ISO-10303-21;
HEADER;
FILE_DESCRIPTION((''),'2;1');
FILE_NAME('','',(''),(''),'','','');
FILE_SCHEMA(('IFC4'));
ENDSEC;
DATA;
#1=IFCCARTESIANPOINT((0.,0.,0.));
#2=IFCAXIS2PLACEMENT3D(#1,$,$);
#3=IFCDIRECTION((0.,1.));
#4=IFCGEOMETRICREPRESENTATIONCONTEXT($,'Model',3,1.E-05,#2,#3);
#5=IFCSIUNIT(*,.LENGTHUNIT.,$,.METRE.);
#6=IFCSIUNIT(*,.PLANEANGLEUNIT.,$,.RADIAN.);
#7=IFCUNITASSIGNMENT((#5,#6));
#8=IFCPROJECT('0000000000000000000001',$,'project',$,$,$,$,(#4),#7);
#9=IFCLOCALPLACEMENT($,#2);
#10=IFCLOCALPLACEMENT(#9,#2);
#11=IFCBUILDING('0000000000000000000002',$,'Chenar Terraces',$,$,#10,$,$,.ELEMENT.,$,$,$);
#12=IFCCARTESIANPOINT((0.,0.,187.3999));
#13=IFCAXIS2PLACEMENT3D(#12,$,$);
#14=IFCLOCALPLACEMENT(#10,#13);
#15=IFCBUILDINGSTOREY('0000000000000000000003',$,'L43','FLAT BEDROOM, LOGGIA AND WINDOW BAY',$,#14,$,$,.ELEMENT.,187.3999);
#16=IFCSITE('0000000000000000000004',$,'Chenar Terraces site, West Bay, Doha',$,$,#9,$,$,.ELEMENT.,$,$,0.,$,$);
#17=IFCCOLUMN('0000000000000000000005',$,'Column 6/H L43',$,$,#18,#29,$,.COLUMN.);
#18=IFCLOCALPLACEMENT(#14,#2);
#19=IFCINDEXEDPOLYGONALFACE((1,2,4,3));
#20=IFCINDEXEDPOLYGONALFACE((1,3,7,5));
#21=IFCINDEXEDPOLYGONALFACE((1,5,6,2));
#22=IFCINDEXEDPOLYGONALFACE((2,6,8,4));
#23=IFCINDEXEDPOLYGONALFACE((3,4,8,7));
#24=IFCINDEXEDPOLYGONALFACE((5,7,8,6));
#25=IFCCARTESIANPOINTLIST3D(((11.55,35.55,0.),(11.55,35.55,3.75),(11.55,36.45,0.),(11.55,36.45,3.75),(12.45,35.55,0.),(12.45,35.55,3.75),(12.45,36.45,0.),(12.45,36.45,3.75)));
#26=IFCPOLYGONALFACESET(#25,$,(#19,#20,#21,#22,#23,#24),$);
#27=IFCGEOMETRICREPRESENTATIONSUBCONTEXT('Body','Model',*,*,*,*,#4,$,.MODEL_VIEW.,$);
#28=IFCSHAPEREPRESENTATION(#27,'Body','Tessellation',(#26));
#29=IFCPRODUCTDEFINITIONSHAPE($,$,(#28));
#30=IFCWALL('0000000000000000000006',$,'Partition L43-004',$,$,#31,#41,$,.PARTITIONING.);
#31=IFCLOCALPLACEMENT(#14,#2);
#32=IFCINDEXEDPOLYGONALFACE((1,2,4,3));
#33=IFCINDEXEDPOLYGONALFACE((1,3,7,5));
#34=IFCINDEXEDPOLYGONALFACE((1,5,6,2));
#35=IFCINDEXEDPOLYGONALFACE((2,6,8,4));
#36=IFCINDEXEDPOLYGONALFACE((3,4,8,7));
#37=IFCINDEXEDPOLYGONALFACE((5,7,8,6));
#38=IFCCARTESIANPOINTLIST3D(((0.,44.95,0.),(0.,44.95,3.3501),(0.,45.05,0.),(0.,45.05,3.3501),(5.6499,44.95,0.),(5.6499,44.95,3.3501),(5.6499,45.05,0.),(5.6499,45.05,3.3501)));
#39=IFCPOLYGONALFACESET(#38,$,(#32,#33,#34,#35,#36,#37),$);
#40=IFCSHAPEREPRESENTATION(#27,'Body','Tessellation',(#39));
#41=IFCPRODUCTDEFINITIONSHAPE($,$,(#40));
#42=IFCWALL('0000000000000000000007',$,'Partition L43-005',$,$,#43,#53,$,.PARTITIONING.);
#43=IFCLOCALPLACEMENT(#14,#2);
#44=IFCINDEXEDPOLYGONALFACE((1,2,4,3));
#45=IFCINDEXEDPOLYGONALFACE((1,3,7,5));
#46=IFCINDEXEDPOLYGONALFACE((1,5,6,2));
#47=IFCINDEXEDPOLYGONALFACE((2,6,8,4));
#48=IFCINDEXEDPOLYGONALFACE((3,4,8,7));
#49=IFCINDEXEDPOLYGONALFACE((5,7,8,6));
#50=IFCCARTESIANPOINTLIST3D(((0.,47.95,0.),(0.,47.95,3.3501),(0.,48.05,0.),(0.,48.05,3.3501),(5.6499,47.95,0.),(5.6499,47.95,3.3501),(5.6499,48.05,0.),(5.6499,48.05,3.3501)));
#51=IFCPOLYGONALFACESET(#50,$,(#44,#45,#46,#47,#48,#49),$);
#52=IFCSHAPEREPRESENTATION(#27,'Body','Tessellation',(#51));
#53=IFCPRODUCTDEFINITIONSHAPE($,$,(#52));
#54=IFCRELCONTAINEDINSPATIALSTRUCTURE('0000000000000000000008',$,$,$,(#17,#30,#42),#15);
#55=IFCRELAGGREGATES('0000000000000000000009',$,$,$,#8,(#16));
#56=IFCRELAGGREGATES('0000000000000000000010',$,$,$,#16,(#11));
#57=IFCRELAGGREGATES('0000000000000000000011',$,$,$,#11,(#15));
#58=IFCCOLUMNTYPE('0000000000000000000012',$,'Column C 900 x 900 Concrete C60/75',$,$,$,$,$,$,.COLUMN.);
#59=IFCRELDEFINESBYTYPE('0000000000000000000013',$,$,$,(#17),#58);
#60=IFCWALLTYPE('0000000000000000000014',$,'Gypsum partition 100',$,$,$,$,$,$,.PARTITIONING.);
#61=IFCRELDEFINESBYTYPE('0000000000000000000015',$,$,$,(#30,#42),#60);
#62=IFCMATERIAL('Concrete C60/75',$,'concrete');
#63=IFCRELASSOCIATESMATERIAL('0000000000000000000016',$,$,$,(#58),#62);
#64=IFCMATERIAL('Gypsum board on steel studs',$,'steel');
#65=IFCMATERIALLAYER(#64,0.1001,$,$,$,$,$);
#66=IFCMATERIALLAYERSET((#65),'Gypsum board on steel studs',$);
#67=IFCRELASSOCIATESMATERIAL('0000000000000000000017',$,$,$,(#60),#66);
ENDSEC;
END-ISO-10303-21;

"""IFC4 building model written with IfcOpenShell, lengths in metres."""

from ifc_helpers import new_model, si_unit, direction, frame, frame_2d, origin, origin_2d, place, context, subcontext, project, spatial, rectangle, extrude, material, layer, layer_set, material_profile, profile_set, type_object, element, save


model = new_model("IFC4")

# Units and contexts
model_context = context("Model", 3, precision=1e-05, world=origin(), true_north=direction((0.0, 1.0)))
body_context = subcontext(model_context, "Body", "Model", "MODEL_VIEW")
ifc_project = project(units=[si_unit("LENGTHUNIT", "METRE"), si_unit("PLANEANGLEUNIT", "RADIAN")], contexts=[model_context])

# Site, building, storey
site_placement = place(None, origin())
site = spatial("IfcSite", under=ifc_project, at=site_placement, Name="Chenar Terraces site, West Bay, Doha", CompositionType="ELEMENT", RefElevation=0.0)
building_placement = place(site_placement, origin())
building = spatial("IfcBuilding", under=site, at=building_placement, Name="Chenar Terraces", CompositionType="ELEMENT")
storey_placement = place(building_placement, frame((0.0, 0.0, 187.3999)))
storey = spatial("IfcBuildingStorey", under=building, at=storey_placement, Name="L43", Description="FLAT BEDROOM, LOGGIA AND WINDOW BAY", CompositionType="ELEMENT", Elevation=187.3999)

# Column
ifc_material_1 = material(Name="Concrete C60/75", Category="concrete")
ifc_material_profile = material_profile(ifc_material_1, rectangle(XDim=0.8999, YDim=0.8999, at=origin_2d()), Name="C 900 x 900")
ifc_profile_set = profile_set([ifc_material_profile], Name="Concrete C60/75")
column_type = type_object("IfcColumnType", Name="Column C 900 x 900 Concrete C60/75", PredefinedType="COLUMN", material=ifc_profile_set)
column_placement = place(storey_placement, frame((12.0, 36.0, 0.0), z_axis=(0.0, 0.0, 1.0), x_axis=(1.0, 0.0, 0.0)))
element("IfcColumn", 1, at=column_placement, inside=storey, type_object=column_type, Name="Column 6/H L43", PredefinedType="COLUMN", context=body_context, shape_type="SweptSolid", body=[
    extrude(rectangle(XDim=0.8999, YDim=0.8999, at=origin_2d()), origin(), (0.0, 0.0, 1.0), 3.75),
])

# Walls
ifc_material_2 = material(Name="Gypsum board on steel studs", Category="steel")
ifc_layer_1 = layer(ifc_material_2, 0.1001)
ifc_layer_set_1 = layer_set([ifc_layer_1], Name="Gypsum board on steel studs")
wall_type_1 = type_object("IfcWallType", Name="Gypsum partition 100", PredefinedType="PARTITIONING", material=ifc_layer_set_1)
wall_1_placement = place(storey_placement, frame((0.0, 45.0, 0.0), z_axis=(0.0, 0.0, 1.0), x_axis=(1.0, 0.0, 0.0)))
element("IfcWall", 2, at=wall_1_placement, inside=storey, type_object=wall_type_1, Name="Partition L43-004", PredefinedType="PARTITIONING", context=body_context, shape_type="SweptSolid", body=[
    extrude(rectangle(XDim=5.6499, YDim=0.1001, at=frame_2d((2.825, 0.0))), origin(), (0.0, 0.0, 1.0), 3.3501),
])
wall_2_placement = place(storey_placement, frame((0.0, 48.0, 0.0), z_axis=(0.0, 0.0, 1.0), x_axis=(1.0, 0.0, 0.0)))
element("IfcWall", 3, at=wall_2_placement, inside=storey, type_object=wall_type_1, Name="Partition L43-005", PredefinedType="PARTITIONING", context=body_context, shape_type="SweptSolid", body=[
    extrude(rectangle(XDim=5.6499, YDim=0.1001, at=frame_2d((2.825, 0.0))), origin(), (0.0, 0.0, 1.0), 3.3501),
])

save(model, "model.ifc")
